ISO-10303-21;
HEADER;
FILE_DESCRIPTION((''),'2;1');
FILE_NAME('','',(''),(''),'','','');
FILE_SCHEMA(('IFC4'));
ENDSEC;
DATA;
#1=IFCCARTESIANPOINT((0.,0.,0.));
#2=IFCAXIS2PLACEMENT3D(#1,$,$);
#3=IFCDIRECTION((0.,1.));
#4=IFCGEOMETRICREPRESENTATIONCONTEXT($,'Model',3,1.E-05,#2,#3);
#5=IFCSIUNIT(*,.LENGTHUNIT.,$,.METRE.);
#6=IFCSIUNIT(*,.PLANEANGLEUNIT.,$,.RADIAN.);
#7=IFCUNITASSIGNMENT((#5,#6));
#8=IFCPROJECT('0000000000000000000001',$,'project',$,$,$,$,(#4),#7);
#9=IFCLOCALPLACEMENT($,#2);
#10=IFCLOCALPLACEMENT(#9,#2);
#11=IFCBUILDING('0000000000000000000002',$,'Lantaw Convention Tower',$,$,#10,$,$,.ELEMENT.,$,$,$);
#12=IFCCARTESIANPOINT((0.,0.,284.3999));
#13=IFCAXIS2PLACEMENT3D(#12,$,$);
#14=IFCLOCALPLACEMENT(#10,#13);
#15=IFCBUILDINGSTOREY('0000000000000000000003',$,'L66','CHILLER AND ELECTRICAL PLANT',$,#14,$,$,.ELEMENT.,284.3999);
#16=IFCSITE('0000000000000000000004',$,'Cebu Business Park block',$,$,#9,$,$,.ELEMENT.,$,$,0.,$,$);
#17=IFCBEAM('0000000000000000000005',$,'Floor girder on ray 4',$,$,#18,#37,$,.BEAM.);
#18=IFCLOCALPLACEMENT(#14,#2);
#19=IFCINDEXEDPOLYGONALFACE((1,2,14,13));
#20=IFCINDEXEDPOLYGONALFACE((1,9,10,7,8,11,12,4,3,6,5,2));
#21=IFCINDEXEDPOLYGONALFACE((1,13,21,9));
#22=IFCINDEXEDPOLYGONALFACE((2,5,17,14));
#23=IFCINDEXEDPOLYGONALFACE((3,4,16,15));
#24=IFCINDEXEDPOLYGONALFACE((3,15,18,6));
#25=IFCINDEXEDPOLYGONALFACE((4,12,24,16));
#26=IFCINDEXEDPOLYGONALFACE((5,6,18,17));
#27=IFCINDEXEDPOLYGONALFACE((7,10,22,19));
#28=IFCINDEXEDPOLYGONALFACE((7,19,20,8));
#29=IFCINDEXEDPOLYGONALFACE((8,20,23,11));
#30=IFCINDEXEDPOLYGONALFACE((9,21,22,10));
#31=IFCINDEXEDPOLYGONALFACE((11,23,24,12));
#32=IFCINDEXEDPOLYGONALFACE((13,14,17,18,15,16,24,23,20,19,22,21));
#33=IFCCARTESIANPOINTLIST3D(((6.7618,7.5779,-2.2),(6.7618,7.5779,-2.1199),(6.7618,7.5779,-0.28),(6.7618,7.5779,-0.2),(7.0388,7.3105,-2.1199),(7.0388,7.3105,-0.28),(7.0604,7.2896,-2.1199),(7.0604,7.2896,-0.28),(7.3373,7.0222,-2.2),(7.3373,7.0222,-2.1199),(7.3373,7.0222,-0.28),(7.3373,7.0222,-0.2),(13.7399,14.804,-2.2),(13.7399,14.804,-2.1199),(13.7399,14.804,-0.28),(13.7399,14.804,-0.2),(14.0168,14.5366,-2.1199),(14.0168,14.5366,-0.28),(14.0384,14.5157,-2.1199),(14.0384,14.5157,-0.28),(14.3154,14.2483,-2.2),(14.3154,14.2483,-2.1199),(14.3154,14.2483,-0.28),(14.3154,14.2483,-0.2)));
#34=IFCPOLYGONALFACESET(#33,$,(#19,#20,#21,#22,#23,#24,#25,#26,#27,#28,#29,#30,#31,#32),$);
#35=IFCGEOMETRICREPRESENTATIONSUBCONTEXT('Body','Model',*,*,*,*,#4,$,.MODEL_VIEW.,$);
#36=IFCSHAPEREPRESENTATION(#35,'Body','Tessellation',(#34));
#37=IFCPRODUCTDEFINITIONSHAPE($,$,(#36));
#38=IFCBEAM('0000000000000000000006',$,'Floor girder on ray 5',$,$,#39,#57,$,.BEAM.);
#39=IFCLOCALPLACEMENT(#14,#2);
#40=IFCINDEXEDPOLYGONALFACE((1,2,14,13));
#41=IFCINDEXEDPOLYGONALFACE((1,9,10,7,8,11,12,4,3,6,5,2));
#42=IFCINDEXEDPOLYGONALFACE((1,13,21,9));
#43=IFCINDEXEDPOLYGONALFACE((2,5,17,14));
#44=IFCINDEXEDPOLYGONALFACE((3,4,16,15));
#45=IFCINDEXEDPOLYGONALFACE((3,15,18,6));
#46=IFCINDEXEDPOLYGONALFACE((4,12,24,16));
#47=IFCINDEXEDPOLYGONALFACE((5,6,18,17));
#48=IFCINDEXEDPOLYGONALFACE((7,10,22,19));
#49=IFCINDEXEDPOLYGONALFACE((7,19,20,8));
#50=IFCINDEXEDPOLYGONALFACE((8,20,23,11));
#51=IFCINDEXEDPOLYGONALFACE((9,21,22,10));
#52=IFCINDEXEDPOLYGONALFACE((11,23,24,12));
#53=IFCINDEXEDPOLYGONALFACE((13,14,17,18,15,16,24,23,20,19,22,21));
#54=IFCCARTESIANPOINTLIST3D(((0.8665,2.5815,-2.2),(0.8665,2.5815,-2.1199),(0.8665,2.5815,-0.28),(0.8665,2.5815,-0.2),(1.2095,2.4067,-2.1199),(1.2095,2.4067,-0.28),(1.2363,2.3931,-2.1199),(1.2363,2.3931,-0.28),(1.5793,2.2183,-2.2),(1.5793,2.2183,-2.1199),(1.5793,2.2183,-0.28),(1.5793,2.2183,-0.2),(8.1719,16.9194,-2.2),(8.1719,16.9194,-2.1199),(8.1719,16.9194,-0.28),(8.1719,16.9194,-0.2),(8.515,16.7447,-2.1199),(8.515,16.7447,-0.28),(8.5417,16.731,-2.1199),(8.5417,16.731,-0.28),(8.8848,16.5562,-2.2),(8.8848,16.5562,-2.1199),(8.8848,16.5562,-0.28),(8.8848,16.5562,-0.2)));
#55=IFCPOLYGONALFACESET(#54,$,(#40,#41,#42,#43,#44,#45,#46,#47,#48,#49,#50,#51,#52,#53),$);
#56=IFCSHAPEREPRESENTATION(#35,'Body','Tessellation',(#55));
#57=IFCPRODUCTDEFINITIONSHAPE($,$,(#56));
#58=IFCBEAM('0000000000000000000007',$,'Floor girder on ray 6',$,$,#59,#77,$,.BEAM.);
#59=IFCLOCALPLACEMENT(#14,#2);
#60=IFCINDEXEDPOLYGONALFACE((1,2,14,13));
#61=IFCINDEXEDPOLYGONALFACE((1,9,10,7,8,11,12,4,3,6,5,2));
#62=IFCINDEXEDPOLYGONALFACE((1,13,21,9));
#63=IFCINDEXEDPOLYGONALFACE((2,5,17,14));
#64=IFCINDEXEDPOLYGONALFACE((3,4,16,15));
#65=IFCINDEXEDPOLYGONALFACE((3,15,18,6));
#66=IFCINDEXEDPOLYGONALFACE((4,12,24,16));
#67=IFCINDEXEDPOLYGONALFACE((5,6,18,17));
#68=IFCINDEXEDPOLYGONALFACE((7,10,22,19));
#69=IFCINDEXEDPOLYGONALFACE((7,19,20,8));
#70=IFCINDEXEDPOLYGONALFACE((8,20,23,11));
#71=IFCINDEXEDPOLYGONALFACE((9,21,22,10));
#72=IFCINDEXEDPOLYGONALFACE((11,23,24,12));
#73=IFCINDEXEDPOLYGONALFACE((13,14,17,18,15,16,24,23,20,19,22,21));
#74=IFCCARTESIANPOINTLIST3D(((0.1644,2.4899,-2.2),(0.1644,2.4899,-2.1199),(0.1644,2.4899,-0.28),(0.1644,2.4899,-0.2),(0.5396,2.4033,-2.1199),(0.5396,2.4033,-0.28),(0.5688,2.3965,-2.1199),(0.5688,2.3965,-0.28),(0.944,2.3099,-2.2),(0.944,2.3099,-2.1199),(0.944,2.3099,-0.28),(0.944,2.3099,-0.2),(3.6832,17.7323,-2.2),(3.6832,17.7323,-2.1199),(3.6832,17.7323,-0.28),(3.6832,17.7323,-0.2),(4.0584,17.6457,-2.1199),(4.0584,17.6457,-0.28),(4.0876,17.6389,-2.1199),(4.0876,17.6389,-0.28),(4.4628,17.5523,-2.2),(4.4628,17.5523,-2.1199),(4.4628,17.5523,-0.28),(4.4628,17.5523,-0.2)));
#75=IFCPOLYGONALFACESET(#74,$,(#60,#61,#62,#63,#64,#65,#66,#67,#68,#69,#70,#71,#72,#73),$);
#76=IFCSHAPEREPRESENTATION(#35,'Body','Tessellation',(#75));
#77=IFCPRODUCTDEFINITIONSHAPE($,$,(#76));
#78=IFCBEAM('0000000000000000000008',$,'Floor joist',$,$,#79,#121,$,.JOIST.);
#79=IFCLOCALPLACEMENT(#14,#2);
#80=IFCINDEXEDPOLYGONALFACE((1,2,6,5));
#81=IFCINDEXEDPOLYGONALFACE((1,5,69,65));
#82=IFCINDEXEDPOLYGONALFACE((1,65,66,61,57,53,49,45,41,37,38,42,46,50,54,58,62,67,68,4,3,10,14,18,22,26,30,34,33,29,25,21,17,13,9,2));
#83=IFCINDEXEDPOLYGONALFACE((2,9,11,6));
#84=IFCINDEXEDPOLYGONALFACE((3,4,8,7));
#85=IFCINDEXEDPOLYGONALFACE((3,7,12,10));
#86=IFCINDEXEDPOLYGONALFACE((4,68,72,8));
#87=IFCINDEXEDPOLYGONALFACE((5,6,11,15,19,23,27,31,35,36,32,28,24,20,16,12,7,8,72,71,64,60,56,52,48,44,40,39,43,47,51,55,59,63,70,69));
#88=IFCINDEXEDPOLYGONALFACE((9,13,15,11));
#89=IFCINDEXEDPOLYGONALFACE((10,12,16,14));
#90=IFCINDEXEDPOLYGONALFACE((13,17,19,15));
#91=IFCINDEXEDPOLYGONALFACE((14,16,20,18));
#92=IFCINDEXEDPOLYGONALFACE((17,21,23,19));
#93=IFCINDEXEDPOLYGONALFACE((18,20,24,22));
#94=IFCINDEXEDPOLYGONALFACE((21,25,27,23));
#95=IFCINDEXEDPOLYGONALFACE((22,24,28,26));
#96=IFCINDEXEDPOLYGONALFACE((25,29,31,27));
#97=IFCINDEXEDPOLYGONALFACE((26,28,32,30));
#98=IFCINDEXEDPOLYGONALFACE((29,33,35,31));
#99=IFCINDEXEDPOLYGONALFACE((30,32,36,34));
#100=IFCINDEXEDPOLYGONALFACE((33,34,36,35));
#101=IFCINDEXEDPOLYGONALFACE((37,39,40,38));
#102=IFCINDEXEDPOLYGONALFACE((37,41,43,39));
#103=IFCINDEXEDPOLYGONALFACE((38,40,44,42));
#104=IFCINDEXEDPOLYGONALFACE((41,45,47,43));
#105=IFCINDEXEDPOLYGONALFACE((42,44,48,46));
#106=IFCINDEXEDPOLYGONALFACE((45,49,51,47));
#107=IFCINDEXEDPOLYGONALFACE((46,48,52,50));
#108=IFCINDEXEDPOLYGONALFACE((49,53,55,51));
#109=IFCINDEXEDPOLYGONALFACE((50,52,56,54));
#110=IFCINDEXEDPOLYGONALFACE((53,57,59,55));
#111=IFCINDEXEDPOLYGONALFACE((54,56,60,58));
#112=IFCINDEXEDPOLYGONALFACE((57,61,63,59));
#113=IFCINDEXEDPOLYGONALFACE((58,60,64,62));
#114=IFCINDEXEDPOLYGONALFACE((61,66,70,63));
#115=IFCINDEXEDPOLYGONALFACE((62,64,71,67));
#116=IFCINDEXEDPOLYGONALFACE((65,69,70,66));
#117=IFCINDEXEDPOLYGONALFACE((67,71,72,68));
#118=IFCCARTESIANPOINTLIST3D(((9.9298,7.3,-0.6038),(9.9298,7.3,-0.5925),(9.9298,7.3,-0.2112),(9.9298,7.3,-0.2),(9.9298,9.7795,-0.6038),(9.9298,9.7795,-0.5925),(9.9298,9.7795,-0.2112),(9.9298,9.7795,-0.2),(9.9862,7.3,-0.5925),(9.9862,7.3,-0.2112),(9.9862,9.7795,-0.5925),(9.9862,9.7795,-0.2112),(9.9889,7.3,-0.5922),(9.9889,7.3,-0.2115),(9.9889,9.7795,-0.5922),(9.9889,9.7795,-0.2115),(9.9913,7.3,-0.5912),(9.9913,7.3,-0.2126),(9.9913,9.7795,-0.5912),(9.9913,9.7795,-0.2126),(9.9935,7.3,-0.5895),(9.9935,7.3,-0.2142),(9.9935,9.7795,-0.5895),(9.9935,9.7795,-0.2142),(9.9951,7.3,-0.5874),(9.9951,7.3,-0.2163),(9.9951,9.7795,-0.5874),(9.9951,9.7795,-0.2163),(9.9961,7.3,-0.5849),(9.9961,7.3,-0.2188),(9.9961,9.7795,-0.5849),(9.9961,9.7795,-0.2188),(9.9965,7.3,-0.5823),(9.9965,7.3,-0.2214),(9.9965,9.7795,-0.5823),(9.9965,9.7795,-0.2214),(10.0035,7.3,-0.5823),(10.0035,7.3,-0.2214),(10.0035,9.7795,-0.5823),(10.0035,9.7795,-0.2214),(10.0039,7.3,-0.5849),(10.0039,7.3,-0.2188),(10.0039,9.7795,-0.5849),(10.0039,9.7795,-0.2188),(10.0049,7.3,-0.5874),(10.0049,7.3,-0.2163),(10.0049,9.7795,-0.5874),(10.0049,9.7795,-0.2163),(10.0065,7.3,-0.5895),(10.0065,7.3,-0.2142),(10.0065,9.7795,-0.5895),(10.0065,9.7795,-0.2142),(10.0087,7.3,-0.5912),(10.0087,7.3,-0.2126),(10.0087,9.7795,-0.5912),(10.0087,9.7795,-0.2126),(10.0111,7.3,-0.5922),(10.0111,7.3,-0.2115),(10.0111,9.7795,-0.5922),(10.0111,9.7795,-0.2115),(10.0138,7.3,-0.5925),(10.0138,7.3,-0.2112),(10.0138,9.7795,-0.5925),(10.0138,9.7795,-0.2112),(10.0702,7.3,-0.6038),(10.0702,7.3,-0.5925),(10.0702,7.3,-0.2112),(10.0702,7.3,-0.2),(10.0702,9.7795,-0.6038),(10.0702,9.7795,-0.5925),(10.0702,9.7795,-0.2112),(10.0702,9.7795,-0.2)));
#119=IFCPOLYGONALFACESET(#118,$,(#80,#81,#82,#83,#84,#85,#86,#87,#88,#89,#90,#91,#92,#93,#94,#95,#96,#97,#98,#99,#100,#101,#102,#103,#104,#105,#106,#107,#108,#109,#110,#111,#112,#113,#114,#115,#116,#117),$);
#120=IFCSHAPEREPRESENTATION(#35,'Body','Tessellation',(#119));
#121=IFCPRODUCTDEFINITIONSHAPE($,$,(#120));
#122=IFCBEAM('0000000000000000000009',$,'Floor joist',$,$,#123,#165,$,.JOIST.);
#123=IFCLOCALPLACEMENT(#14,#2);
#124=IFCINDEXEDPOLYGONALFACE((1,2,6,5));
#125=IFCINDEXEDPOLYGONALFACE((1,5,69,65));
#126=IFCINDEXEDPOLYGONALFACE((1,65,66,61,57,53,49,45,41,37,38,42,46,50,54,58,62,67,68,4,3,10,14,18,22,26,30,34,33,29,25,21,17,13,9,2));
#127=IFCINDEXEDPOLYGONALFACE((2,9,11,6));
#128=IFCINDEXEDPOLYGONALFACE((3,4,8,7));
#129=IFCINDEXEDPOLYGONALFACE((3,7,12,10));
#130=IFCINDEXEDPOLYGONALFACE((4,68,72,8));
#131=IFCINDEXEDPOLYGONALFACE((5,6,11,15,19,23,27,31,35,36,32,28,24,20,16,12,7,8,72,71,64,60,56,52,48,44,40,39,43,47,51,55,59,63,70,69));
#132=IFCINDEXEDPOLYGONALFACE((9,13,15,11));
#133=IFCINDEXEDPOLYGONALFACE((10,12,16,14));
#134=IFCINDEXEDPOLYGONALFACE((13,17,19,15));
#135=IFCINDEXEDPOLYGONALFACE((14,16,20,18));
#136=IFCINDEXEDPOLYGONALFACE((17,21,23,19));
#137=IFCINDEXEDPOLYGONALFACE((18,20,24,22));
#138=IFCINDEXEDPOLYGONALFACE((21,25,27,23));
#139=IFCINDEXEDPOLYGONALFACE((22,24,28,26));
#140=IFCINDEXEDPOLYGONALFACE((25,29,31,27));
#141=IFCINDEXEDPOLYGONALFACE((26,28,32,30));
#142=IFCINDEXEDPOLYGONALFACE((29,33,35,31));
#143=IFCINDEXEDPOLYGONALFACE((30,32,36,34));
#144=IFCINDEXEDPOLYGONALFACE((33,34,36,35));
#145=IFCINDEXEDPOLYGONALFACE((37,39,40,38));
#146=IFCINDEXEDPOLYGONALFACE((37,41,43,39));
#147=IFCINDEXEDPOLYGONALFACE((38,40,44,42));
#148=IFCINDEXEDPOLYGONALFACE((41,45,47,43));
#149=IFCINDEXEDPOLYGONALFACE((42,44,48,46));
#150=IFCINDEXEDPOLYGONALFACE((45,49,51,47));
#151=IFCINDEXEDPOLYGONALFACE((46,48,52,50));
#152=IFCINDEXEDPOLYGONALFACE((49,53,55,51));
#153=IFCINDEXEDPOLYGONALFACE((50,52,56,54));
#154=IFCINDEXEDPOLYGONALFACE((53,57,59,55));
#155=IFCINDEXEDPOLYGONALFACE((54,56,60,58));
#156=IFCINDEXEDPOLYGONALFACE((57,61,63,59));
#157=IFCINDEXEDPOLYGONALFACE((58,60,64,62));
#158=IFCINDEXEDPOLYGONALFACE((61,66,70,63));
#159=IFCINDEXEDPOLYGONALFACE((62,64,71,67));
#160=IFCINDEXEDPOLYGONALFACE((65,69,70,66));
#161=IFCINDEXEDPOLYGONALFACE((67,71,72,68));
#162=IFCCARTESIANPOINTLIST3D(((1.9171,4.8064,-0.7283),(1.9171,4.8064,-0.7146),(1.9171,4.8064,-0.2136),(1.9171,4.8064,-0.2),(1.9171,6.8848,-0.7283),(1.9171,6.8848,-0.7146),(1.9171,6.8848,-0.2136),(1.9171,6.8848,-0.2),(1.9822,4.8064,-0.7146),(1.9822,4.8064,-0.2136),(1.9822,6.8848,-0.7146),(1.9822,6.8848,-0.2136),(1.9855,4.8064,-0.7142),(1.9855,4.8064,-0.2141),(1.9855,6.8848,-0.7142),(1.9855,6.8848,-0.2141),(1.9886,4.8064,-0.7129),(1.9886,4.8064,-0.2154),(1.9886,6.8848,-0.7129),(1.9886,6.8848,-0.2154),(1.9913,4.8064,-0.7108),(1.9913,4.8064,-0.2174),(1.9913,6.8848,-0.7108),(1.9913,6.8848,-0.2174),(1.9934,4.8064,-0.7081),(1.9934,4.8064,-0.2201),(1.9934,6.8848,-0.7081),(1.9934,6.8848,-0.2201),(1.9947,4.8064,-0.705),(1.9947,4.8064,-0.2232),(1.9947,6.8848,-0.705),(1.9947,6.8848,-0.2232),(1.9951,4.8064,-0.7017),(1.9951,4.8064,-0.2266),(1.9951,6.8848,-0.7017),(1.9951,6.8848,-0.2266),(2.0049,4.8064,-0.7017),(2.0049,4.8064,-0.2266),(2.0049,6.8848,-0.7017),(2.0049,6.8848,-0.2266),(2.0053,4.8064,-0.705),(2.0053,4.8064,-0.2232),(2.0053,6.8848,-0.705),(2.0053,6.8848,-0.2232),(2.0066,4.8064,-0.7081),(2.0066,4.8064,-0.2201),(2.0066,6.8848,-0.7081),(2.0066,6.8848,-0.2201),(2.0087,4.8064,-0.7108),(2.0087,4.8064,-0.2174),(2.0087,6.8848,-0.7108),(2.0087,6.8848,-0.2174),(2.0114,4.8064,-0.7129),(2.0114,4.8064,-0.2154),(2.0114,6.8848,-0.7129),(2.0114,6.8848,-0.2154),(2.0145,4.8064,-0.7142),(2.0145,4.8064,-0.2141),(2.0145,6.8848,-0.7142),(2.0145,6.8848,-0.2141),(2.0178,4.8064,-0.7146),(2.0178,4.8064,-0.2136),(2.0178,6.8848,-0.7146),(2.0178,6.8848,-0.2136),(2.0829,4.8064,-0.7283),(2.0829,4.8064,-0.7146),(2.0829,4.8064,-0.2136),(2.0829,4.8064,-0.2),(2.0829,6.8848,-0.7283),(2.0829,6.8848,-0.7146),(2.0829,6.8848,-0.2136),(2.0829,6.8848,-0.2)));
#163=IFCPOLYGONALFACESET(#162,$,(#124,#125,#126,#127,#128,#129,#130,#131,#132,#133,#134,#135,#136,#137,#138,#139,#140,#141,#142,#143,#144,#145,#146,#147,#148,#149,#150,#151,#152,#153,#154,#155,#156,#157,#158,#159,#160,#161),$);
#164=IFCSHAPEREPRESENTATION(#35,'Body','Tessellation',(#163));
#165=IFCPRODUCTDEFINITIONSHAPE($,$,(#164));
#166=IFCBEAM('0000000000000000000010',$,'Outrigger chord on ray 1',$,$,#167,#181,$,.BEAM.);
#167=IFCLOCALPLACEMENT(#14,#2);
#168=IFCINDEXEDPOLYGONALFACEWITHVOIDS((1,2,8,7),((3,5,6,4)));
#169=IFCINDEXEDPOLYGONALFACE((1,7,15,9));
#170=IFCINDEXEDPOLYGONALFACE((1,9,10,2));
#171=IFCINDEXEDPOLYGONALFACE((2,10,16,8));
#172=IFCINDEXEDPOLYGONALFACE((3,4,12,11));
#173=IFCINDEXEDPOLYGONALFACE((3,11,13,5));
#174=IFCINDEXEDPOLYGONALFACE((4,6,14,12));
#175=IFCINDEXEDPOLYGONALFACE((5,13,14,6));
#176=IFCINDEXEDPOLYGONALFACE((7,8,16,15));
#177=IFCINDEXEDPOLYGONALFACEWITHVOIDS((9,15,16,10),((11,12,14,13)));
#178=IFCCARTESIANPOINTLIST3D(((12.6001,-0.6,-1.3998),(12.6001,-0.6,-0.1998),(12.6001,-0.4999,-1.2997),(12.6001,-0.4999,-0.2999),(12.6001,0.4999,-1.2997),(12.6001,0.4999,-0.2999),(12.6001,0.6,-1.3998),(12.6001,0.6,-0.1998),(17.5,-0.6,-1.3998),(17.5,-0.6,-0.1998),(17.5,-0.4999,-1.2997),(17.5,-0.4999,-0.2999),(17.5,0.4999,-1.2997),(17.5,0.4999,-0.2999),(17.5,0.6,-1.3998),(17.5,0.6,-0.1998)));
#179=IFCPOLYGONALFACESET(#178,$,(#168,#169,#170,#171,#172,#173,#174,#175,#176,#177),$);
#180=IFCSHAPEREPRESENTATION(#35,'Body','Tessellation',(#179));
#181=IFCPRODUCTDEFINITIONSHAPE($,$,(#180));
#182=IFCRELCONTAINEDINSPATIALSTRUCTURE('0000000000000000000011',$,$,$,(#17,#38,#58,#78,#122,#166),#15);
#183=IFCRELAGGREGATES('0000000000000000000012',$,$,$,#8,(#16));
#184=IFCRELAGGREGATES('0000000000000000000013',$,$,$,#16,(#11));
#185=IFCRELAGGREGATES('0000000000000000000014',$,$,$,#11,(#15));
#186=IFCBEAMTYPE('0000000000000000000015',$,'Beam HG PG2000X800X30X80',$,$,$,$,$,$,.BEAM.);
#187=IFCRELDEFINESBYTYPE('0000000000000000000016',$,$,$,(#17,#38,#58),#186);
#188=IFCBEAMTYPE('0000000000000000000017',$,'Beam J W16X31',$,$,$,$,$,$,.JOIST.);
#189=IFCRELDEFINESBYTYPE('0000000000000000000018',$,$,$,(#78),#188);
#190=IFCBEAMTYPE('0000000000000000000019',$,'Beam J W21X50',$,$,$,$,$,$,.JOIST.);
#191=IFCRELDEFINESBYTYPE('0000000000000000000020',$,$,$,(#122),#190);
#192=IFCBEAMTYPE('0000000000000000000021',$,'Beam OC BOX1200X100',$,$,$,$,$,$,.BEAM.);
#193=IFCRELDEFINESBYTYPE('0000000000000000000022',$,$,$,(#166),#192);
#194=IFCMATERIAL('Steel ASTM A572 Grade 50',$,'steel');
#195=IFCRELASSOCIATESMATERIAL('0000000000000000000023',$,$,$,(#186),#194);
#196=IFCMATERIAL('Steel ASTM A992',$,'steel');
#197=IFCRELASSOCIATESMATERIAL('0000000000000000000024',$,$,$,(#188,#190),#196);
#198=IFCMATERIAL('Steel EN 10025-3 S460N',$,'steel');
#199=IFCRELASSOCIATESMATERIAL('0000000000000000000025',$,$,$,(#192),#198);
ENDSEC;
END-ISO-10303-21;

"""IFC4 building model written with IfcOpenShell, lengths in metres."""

from ifc_helpers import new_model, si_unit, direction, frame, origin, origin_2d, place, context, subcontext, project, spatial, hollow_rectangle, i_section, extrude, material, material_profile, profile_set, type_object, element, save


model = new_model("IFC4")

# Units and contexts
model_context = context("Model", 3, precision=1e-05, world=origin(), true_north=direction((0.0, 1.0)))
body_context = subcontext(model_context, "Body", "Model", "MODEL_VIEW")
ifc_project = project(units=[si_unit("LENGTHUNIT", "METRE"), si_unit("PLANEANGLEUNIT", "RADIAN")], contexts=[model_context])

# Site, building, storey
site_placement = place(None, origin())
site = spatial("IfcSite", under=ifc_project, at=site_placement, Name="Cebu Business Park block", CompositionType="ELEMENT", RefElevation=0.0)
building_placement = place(site_placement, origin())
building = spatial("IfcBuilding", under=site, at=building_placement, Name="Lantaw Convention Tower", CompositionType="ELEMENT")
storey_placement = place(building_placement, frame((0.0, 0.0, 284.3999)))
storey = spatial("IfcBuildingStorey", under=building, at=storey_placement, Name="L66", Description="CHILLER AND ELECTRICAL PLANT", CompositionType="ELEMENT", Elevation=284.3999)

# Beams
ifc_material_1 = material(Name="Steel ASTM A572 Grade 50", Category="steel")
ifc_material_profile_1 = material_profile(ifc_material_1, i_section(OverallWidth=0.8, OverallDepth=2.0, WebThickness=0.03, FlangeThickness=0.0801, at=origin_2d()), Name="PG2000X800X30X80")
ifc_profile_set_1 = profile_set([ifc_material_profile_1], Name="Steel ASTM A572 Grade 50")
beam_type_1 = type_object("IfcBeamType", Name="Beam HG PG2000X800X30X80", PredefinedType="BEAM", material=ifc_profile_set_1)
beam_1_placement = place(storey_placement, frame((7.0496, 7.3, -1.2), z_axis=(0.694653, 0.719345, 0.0), x_axis=(-0.719345, 0.694653, 0.0)))
element("IfcBeam", 1, at=beam_1_placement, inside=storey, type_object=beam_type_1, Name="Floor girder on ray 4", PredefinedType="BEAM", context=body_context, shape_type="SweptSolid", body=[
    extrude(i_section(OverallWidth=0.8, OverallDepth=2.0, WebThickness=0.03, FlangeThickness=0.0801, at=origin_2d()), origin(), (0.0, 0.0, 1.0), 10.0454),
])
beam_2_placement = place(storey_placement, frame((1.2229, 2.3999, -1.2), z_axis=(0.453986, 0.891009, 0.0), x_axis=(-0.891009, 0.453986, 0.0)))
element("IfcBeam", 2, at=beam_2_placement, inside=storey, type_object=beam_type_1, Name="Floor girder on ray 5", PredefinedType="BEAM", context=body_context, shape_type="SweptSolid", body=[
    extrude(i_section(OverallWidth=0.8, OverallDepth=2.0, WebThickness=0.03, FlangeThickness=0.0801, at=origin_2d()), origin(), (0.0, 0.0, 1.0), 16.0918),
])
beam_3_placement = place(storey_placement, frame((0.5542, 2.3999, -1.2), z_axis=(0.224939, 0.974373, 0.0), x_axis=(-0.974373, 0.224939, 0.0)))
element("IfcBeam", 3, at=beam_3_placement, inside=storey, type_object=beam_type_1, Name="Floor girder on ray 6", PredefinedType="BEAM", context=body_context, shape_type="SweptSolid", body=[
    extrude(i_section(OverallWidth=0.8, OverallDepth=2.0, WebThickness=0.03, FlangeThickness=0.0801, at=origin_2d()), origin(), (0.0, 0.0, 1.0), 15.6433),
])
ifc_material_2 = material(Name="Steel ASTM A992", Category="steel")
ifc_material_profile_2 = material_profile(ifc_material_2, i_section(OverallWidth=0.1404, OverallDepth=0.4038, WebThickness=0.0071, FlangeThickness=0.0112, FilletRadius=0.0103, at=origin_2d()), Name="W16X31")
ifc_profile_set_2 = profile_set([ifc_material_profile_2], Name="Steel ASTM A992")
beam_type_2 = type_object("IfcBeamType", Name="Beam J W16X31", PredefinedType="JOIST", material=ifc_profile_set_2)
beam_4_placement = place(storey_placement, frame((10.0, 7.3, -0.4019), z_axis=(0.0, 1.0, 0.0), x_axis=(-1.0, 0.0, 0.0)))
element("IfcBeam", 4, at=beam_4_placement, inside=storey, type_object=beam_type_2, Name="Floor joist", PredefinedType="JOIST", context=body_context, shape_type="SweptSolid", body=[
    extrude(i_section(OverallWidth=0.1404, OverallDepth=0.4038, WebThickness=0.0071, FlangeThickness=0.0112, FilletRadius=0.0103, at=origin_2d()), origin(), (0.0, 0.0, 1.0), 2.4795),
])
ifc_material_profile_3 = material_profile(ifc_material_2, i_section(OverallWidth=0.1658, OverallDepth=0.5283, WebThickness=0.0098, FlangeThickness=0.0137, FilletRadius=0.0129, at=origin_2d()), Name="W21X50")
ifc_profile_set_3 = profile_set([ifc_material_profile_3], Name="Steel ASTM A992")
beam_type_3 = type_object("IfcBeamType", Name="Beam J W21X50", PredefinedType="JOIST", material=ifc_profile_set_3)
beam_5_placement = place(storey_placement, frame((2.0, 4.8064, -0.4641), z_axis=(0.0, 1.0, 0.0), x_axis=(-1.0, 0.0, 0.0)))
element("IfcBeam", 5, at=beam_5_placement, inside=storey, type_object=beam_type_3, Name="Floor joist", PredefinedType="JOIST", context=body_context, shape_type="SweptSolid", body=[
    extrude(i_section(OverallWidth=0.1658, OverallDepth=0.5283, WebThickness=0.0098, FlangeThickness=0.0137, FilletRadius=0.0129, at=origin_2d()), origin(), (0.0, 0.0, 1.0), 2.0784),
])
ifc_material_3 = material(Name="Steel EN 10025-3 S460N", Category="steel")
ifc_material_profile_4 = material_profile(ifc_material_3, hollow_rectangle(XDim=1.2, YDim=1.2, WallThickness=0.1001, at=origin_2d()), Name="BOX1200X100")
ifc_profile_set_4 = profile_set([ifc_material_profile_4], Name="Steel EN 10025-3 S460N")
beam_type_4 = type_object("IfcBeamType", Name="Beam OC BOX1200X100", PredefinedType="BEAM", material=ifc_profile_set_4)
beam_6_placement = place(storey_placement, frame((12.6001, 0.0, -0.7998), z_axis=(1.0, 0.0, 0.0), x_axis=(0.0, 1.0, 0.0)))
element("IfcBeam", 6, at=beam_6_placement, inside=storey, type_object=beam_type_4, Name="Outrigger chord on ray 1", PredefinedType="BEAM", context=body_context, shape_type="SweptSolid", body=[
    extrude(hollow_rectangle(XDim=1.2, YDim=1.2, WallThickness=0.1001, at=origin_2d()), origin(), (0.0, 0.0, 1.0), 4.8999),
])

save(model, "model.ifc")
